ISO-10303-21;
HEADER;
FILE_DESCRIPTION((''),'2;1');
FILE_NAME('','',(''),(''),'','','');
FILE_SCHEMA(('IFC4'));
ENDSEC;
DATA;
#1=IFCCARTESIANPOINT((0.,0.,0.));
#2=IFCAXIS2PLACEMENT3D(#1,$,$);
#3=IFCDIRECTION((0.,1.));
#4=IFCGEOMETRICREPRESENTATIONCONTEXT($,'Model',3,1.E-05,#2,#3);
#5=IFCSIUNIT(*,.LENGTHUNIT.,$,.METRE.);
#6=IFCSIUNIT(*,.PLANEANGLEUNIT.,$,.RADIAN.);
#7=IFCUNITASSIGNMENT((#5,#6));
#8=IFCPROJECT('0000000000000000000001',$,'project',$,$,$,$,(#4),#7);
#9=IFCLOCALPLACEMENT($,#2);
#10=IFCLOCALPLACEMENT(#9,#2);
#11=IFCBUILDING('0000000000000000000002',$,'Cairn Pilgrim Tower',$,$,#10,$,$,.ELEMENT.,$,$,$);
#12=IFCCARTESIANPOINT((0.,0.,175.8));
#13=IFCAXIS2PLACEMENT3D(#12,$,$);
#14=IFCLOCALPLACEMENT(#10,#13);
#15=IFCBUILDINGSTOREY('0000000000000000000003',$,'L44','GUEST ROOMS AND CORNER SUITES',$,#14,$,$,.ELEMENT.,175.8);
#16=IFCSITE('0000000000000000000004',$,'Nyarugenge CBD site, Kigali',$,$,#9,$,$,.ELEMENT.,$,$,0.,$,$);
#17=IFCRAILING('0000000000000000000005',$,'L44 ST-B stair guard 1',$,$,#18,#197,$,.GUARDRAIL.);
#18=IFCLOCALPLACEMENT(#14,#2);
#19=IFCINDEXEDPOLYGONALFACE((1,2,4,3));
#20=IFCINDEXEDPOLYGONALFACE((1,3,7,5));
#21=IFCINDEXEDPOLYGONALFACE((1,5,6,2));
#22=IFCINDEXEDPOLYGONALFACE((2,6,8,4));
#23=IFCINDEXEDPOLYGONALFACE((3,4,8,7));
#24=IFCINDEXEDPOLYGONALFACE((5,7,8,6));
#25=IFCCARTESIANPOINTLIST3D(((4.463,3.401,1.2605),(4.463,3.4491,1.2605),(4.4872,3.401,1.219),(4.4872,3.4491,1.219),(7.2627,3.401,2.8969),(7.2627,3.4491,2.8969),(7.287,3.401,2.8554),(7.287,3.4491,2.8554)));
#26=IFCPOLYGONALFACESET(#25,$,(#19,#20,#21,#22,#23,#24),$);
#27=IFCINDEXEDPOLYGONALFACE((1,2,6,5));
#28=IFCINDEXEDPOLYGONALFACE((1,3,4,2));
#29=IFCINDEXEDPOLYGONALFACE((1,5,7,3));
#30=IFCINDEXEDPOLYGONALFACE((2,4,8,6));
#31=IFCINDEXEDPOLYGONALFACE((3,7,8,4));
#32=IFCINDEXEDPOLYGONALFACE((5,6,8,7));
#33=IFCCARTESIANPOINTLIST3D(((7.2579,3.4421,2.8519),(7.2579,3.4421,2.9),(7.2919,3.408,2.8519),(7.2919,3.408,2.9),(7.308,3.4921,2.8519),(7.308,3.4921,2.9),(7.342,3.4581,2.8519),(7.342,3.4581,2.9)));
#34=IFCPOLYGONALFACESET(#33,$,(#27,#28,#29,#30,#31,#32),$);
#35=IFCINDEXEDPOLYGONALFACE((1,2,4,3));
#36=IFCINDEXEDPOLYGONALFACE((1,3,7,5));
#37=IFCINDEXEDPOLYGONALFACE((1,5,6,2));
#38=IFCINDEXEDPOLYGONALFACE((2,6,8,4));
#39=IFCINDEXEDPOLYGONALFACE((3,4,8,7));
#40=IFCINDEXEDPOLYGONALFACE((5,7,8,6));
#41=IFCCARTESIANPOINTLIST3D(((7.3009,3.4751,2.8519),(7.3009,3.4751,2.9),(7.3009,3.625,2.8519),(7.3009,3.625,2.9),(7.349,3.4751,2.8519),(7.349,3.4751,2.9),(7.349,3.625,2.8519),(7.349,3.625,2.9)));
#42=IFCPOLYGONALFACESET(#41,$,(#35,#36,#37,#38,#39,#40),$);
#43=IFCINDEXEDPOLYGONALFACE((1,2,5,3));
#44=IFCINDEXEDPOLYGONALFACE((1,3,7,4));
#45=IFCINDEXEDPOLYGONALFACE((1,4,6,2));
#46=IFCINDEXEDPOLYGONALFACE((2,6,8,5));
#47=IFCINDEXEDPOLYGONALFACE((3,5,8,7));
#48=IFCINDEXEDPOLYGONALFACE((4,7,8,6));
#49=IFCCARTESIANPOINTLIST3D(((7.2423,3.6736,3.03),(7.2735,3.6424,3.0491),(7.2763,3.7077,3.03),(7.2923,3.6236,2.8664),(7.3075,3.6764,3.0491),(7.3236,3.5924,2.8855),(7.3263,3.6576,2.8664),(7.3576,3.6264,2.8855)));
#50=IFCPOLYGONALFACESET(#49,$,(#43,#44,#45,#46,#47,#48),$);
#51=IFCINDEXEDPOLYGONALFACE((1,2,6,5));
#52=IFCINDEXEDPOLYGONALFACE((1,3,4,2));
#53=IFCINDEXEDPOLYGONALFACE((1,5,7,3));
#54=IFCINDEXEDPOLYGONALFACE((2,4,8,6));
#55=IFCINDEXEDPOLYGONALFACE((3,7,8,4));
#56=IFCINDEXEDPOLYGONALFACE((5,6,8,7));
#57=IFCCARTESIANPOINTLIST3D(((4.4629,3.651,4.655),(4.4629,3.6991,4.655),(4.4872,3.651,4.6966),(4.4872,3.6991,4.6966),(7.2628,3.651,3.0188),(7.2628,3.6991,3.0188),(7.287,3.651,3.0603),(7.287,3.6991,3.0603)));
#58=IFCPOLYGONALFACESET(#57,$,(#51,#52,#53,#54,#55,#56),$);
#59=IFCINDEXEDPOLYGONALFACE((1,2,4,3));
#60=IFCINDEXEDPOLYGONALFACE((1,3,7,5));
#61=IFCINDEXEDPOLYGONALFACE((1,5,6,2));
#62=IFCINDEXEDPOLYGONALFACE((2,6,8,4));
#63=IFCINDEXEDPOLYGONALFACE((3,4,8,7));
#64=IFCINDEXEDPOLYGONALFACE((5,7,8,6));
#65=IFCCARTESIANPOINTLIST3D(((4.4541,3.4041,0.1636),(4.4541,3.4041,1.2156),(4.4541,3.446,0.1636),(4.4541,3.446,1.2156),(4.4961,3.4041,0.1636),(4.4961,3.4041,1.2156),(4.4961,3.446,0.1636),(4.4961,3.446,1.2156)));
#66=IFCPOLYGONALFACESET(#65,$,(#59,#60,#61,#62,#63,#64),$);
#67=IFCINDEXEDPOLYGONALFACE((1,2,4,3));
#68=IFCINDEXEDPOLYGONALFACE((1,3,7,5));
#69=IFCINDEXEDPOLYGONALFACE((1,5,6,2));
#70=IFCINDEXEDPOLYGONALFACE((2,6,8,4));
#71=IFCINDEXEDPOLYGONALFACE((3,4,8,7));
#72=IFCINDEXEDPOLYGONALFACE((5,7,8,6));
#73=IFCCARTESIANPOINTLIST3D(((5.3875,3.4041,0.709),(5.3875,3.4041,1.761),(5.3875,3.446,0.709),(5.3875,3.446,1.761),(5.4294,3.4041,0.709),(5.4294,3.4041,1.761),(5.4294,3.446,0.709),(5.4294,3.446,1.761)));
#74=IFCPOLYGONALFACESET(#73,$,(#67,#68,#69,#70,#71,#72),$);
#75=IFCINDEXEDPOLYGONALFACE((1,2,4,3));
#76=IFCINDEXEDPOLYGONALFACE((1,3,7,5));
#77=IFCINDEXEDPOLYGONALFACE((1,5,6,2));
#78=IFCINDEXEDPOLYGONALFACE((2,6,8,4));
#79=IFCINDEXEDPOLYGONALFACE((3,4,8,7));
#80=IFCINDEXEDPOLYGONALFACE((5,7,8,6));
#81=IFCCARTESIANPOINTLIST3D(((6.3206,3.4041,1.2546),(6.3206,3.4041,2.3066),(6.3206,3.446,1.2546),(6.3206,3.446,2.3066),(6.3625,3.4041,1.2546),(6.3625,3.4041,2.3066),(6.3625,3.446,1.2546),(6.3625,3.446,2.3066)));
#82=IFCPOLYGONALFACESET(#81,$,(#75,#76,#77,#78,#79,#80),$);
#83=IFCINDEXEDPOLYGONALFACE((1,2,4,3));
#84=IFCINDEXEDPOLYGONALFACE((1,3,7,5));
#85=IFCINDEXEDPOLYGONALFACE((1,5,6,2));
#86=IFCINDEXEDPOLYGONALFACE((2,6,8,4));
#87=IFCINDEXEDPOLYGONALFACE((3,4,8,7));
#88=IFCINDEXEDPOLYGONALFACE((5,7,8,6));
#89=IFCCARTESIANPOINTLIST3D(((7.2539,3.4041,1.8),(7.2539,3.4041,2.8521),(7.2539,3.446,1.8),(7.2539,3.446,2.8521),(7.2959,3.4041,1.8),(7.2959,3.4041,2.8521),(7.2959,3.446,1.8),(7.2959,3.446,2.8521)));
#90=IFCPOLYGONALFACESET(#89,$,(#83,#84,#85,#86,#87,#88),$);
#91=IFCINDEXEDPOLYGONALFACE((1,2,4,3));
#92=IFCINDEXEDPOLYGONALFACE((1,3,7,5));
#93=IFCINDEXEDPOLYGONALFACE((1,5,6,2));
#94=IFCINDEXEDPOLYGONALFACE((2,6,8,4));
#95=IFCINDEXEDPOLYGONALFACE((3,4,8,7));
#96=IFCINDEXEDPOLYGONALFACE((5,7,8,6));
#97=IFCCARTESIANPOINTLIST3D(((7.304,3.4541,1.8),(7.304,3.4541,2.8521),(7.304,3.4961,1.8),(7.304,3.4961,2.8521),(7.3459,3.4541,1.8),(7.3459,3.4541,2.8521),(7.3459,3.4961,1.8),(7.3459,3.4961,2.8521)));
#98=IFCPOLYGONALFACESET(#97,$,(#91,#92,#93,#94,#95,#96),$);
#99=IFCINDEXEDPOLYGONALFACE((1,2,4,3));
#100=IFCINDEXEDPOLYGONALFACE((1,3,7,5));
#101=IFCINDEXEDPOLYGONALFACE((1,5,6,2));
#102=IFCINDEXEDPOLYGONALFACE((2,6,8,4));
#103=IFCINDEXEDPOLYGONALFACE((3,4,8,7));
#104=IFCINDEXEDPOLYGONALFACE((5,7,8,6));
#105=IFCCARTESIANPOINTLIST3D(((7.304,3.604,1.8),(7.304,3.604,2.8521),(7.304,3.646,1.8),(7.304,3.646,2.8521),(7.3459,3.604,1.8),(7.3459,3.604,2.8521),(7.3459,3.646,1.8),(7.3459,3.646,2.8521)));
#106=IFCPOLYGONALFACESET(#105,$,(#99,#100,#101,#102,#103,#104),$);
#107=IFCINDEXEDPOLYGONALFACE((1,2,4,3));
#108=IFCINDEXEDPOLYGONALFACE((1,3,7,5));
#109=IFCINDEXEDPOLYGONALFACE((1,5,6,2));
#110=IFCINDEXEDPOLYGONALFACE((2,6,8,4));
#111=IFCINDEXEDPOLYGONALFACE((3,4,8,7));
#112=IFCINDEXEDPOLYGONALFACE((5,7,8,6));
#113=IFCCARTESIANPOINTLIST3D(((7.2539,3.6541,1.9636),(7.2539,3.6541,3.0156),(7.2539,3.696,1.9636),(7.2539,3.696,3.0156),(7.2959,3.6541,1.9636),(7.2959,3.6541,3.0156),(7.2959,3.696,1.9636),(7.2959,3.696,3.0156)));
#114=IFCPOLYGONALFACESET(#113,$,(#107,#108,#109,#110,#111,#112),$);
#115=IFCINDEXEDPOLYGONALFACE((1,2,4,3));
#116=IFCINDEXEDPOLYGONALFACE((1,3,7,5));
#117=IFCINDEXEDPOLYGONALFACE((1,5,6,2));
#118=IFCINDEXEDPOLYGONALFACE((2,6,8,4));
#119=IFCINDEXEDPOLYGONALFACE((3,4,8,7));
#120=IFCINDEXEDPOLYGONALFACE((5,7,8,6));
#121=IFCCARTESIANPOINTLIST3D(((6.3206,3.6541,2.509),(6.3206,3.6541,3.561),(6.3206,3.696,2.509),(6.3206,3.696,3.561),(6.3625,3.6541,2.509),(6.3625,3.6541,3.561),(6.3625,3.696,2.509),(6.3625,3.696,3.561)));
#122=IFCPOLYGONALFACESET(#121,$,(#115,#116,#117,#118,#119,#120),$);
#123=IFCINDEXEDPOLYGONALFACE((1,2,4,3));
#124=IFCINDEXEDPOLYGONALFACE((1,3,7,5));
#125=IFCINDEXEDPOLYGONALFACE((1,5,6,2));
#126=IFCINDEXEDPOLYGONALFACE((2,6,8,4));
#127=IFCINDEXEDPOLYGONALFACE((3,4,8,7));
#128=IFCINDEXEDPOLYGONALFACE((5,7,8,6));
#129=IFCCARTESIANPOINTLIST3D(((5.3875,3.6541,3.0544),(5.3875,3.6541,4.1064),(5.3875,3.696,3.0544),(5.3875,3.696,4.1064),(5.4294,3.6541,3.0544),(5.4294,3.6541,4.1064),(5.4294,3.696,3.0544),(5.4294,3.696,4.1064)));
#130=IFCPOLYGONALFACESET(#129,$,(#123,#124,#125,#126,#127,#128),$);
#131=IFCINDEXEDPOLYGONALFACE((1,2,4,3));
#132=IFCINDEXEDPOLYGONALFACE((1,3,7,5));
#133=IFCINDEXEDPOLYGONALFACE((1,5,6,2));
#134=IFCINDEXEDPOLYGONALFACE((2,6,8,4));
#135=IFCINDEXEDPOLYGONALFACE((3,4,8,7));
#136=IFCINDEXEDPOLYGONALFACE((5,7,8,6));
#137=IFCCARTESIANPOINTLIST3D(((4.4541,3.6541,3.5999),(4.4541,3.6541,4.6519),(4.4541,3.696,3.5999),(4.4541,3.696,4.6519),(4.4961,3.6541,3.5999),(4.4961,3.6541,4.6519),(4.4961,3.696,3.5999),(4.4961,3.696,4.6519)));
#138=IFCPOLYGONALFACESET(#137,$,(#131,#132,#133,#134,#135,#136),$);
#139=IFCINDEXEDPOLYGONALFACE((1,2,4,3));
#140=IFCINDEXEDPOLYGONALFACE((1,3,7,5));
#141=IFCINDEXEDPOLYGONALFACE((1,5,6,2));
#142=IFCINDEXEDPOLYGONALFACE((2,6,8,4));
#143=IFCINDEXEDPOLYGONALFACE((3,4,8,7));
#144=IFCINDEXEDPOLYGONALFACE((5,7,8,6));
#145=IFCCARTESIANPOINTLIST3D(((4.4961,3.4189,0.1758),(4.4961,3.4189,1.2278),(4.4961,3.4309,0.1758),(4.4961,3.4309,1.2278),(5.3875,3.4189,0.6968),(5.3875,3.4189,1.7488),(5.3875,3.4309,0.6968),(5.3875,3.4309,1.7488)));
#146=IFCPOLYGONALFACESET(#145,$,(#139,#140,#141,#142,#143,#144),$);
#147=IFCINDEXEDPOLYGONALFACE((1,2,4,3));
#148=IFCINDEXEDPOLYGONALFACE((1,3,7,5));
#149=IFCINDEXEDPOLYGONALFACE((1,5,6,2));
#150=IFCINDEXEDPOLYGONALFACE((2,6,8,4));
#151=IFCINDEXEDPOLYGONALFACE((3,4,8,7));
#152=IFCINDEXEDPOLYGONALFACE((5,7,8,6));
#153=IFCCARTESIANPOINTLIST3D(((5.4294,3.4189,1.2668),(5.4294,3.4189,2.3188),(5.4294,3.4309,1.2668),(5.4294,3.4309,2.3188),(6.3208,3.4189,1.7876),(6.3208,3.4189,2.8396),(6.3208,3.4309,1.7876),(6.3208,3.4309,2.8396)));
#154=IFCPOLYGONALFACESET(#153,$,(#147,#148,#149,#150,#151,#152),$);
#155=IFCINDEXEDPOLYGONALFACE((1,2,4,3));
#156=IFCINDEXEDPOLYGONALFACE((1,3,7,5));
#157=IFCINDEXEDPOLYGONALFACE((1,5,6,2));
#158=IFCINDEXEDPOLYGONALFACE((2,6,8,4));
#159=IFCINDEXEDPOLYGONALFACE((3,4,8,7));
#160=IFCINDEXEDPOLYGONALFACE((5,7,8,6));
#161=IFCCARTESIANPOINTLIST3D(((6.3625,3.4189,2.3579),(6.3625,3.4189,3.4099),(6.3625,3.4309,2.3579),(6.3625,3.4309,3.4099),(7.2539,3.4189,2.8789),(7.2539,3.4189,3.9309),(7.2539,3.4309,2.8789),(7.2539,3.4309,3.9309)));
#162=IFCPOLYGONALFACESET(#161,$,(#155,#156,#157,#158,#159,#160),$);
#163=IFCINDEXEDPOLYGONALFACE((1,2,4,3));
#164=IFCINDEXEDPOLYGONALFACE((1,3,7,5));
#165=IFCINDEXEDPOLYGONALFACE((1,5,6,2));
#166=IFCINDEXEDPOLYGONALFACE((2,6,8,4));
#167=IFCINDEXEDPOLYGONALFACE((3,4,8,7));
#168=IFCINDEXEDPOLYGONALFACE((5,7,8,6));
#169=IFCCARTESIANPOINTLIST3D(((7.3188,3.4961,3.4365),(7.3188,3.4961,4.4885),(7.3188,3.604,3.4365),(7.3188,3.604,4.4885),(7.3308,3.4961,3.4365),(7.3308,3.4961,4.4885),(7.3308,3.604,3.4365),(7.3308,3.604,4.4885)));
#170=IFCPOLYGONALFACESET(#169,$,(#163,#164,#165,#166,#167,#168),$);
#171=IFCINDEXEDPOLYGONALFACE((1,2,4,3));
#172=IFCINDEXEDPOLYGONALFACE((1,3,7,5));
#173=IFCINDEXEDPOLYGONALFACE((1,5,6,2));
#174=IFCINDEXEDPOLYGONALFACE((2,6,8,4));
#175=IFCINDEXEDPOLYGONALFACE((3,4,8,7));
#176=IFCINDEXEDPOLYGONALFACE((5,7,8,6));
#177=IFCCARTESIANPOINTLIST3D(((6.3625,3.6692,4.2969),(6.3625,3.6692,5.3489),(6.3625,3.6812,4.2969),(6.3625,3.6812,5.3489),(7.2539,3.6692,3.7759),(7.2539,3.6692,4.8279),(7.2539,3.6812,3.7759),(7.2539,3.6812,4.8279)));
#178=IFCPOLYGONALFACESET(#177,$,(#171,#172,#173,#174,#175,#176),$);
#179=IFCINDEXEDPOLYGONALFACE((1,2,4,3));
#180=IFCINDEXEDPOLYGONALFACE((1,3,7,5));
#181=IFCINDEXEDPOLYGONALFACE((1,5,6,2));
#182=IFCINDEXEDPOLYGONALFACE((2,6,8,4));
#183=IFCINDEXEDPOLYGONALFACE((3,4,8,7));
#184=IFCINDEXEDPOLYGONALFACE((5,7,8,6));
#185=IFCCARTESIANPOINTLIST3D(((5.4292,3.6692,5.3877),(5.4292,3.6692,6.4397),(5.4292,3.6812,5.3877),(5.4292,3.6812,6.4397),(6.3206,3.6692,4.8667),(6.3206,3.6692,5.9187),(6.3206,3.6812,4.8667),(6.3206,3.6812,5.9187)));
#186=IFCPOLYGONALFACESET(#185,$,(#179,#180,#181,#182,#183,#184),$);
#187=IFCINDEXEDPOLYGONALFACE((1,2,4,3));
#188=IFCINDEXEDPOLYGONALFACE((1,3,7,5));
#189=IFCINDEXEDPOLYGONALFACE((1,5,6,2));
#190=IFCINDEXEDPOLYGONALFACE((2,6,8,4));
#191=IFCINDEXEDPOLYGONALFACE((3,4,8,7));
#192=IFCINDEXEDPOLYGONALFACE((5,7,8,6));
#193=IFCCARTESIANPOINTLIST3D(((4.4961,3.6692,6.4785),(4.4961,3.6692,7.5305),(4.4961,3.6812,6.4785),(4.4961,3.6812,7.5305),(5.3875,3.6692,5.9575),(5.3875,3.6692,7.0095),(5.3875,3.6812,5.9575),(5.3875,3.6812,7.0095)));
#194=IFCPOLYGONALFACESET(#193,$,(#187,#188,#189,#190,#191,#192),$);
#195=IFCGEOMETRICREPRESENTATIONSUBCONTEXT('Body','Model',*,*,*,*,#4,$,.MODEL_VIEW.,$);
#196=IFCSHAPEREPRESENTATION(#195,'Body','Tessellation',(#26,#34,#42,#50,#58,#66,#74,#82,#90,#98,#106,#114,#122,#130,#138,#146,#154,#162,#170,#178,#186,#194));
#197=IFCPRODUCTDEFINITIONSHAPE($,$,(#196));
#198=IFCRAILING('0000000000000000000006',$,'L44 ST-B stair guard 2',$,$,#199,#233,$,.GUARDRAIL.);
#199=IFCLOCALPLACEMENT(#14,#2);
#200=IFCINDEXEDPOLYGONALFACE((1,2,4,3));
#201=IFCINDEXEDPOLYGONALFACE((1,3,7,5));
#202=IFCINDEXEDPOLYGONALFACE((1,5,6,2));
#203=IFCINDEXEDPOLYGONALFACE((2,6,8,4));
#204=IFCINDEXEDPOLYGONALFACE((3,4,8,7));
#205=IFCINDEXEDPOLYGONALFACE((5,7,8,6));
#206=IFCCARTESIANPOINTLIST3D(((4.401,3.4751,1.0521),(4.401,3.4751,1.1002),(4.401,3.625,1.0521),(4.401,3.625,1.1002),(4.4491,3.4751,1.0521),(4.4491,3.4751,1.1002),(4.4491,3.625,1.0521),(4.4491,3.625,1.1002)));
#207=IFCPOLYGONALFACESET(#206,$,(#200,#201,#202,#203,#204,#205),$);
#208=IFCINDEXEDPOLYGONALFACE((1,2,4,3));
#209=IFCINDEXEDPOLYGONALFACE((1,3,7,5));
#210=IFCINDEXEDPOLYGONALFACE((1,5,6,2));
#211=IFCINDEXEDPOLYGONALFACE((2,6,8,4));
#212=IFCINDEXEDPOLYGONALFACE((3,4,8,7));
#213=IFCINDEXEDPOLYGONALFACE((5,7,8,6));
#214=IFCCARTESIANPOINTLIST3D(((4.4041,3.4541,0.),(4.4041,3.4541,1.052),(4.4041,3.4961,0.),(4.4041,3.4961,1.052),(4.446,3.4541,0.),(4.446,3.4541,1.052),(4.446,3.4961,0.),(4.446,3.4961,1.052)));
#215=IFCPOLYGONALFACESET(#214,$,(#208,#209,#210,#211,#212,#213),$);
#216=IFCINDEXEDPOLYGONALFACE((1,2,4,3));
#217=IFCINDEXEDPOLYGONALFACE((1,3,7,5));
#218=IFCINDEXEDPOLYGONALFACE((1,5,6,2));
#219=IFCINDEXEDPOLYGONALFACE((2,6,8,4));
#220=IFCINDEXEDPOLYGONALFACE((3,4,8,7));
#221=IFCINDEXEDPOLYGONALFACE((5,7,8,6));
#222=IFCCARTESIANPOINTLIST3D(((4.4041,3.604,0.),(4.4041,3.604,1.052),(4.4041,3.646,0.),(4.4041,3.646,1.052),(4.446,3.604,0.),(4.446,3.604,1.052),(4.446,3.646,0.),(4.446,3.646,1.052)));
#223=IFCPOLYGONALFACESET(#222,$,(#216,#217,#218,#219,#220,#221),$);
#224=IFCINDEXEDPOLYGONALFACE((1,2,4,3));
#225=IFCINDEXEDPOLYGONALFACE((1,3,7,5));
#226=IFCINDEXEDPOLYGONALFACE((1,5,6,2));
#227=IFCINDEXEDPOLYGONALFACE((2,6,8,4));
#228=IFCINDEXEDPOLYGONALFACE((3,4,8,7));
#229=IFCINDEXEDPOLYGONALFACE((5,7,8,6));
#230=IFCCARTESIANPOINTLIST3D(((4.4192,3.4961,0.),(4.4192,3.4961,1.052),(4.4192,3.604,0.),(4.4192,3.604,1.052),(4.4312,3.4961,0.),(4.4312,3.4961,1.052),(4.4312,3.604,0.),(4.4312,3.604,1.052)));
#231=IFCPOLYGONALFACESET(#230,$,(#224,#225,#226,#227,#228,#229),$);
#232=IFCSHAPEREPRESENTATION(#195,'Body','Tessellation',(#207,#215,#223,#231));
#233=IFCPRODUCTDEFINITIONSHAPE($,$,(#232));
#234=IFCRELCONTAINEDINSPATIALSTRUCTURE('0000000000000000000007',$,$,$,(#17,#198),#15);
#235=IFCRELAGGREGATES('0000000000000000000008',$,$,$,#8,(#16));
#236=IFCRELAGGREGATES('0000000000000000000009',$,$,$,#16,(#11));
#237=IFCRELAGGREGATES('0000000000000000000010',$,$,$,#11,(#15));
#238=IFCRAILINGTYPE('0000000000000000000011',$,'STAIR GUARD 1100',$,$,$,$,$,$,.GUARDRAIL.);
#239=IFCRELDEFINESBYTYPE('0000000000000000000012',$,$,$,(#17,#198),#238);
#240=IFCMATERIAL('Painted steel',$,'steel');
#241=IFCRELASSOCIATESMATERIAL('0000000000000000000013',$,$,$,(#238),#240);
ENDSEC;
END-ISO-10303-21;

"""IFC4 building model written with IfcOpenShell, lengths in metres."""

from ifc_helpers import new_model, si_unit, direction, frame, origin, origin_2d, place, context, subcontext, project, spatial, polyline, rectangle, outline, extrude, material, type_object, element, save


model = new_model("IFC4")

# Units and contexts
model_context = context("Model", 3, precision=1e-05, world=origin(), true_north=direction((0.0, 1.0)))
body_context = subcontext(model_context, "Body", "Model", "MODEL_VIEW")
ifc_project = project(units=[si_unit("LENGTHUNIT", "METRE"), si_unit("PLANEANGLEUNIT", "RADIAN")], contexts=[model_context])

# Site, building, storey
site_placement = place(None, origin())
site = spatial("IfcSite", under=ifc_project, at=site_placement, Name="Nyarugenge CBD site, Kigali", CompositionType="ELEMENT", RefElevation=0.0)
building_placement = place(site_placement, origin())
building = spatial("IfcBuilding", under=site, at=building_placement, Name="Cairn Pilgrim Tower", CompositionType="ELEMENT")
storey_placement = place(building_placement, frame((0.0, 0.0, 175.8)))
storey = spatial("IfcBuildingStorey", under=building, at=storey_placement, Name="L44", Description="GUEST ROOMS AND CORNER SUITES", CompositionType="ELEMENT", Elevation=175.8)

# Shared definitions
ifc_material_1 = material(Name="Painted steel", Category="steel")

# Railings
railing_type = type_object("IfcRailingType", Name="STAIR GUARD 1100", PredefinedType="GUARDRAIL", material=ifc_material_1)
railing_1_placement = place(storey_placement, frame((4.4751, 3.425, 0.1636)))
element("IfcRailing", 1, at=railing_1_placement, inside=storey, type_object=railing_type, Name="L44 ST-B stair guard 1", PredefinedType="GUARDRAIL", context=body_context, shape_type="SweptSolid", body=[
    extrude(rectangle(XDim=0.0481, YDim=0.0481, at=origin_2d()), frame((0.0, 0.0, 1.0762), z_axis=(0.863342, 0.0, 0.50462), x_axis=(0.0, 1.0, 0.0)), (0.0, 0.0, 1.0), 3.2429),
    extrude(rectangle(XDim=0.0481, YDim=0.0481, at=origin_2d()), frame((2.7998, 0.0, 2.7124), z_axis=(0.707107, 0.707107, 0.0), x_axis=(-0.707107, 0.707107, 0.0)), (0.0, 0.0, 1.0), 0.0708),
    extrude(rectangle(XDim=0.0481, YDim=0.0481, at=origin_2d()), frame((2.8499, 0.05, 2.7124), z_axis=(0.0, 1.0, 0.0), x_axis=(-1.0, 0.0, 0.0)), (0.0, 0.0, 1.0), 0.1499),
    extrude(rectangle(XDim=0.0481, YDim=0.0481, at=origin_2d()), frame((2.8499, 0.2, 2.7124), z_axis=(-0.280809, 0.280809, 0.917765), x_axis=(-0.707107, -0.707107, 0.0)), (0.0, 0.0, 1.0), 0.1782),
    extrude(rectangle(XDim=0.0481, YDim=0.0481, at=origin_2d()), frame((2.7998, 0.25, 2.876), z_axis=(-0.863374, 0.0, 0.504564), x_axis=(0.0, -1.0, 0.0)), (0.0, 0.0, 1.0), 3.2429),
    extrude(rectangle(XDim=0.042, YDim=0.042, at=origin_2d()), origin(), (0.0, 0.0, 1.0), 1.052),
    extrude(rectangle(XDim=0.042, YDim=0.042, at=origin_2d()), frame((0.9333, 0.0, 0.5454)), (0.0, 0.0, 1.0), 1.052),
    extrude(rectangle(XDim=0.042, YDim=0.042, at=origin_2d()), frame((1.8665, 0.0, 1.0911)), (0.0, 0.0, 1.0), 1.052),
    extrude(rectangle(XDim=0.042, YDim=0.042, at=origin_2d()), frame((2.7998, 0.0, 1.6365)), (0.0, 0.0, 1.0), 1.052),
    extrude(rectangle(XDim=0.042, YDim=0.042, at=origin_2d()), frame((2.8499, 0.05, 1.6365)), (0.0, 0.0, 1.0), 1.052),
    extrude(rectangle(XDim=0.042, YDim=0.042, at=origin_2d()), frame((2.8499, 0.2, 1.6365)), (0.0, 0.0, 1.0), 1.052),
    extrude(rectangle(XDim=0.042, YDim=0.042, at=origin_2d()), frame((2.7998, 0.25, 1.8)), (0.0, 0.0, 1.0), 1.052),
    extrude(rectangle(XDim=0.042, YDim=0.042, at=origin_2d()), frame((1.8665, 0.25, 2.3455)), (0.0, 0.0, 1.0), 1.052),
    extrude(rectangle(XDim=0.042, YDim=0.042, at=origin_2d()), frame((0.9333, 0.25, 2.8909)), (0.0, 0.0, 1.0), 1.052),
    extrude(rectangle(XDim=0.042, YDim=0.042, at=origin_2d()), frame((0.0, 0.25, 3.4363)), (0.0, 0.0, 1.0), 1.052),
    extrude(outline(polyline([(0.021, 0.0122), (0.9124, 0.5332), (0.9124, 1.5852), (0.021, 1.0642), (0.021, 0.0122)])), frame((0.0, 0.0059, 0.0), z_axis=(0.0, -1.0, 0.0), x_axis=(1.0, 0.0, 0.0)), (0.0, 0.0, 1.0), 0.012),
    extrude(outline(polyline([(0.021, 0.5579), (0.9124, 1.0786), (0.9124, 2.1306), (0.021, 1.6099), (0.021, 0.5579)])), frame((0.9333, 0.0059, 0.5454), z_axis=(0.0, -1.0, 0.0), x_axis=(1.0, 0.0, 0.0)), (0.0, 0.0, 1.0), 0.012),
    extrude(outline(polyline([(0.021, 1.1033), (0.9124, 1.6243), (0.9124, 2.6763), (0.021, 2.1553), (0.021, 1.1033)])), frame((1.8665, 0.0059, 1.0911), z_axis=(0.0, -1.0, 0.0), x_axis=(1.0, 0.0, 0.0)), (0.0, 0.0, 1.0), 0.012),
    extrude(outline(polyline([(0.021, 1.6365), (0.1289, 1.6365), (0.1289, 2.6885), (0.021, 2.6885), (0.021, 1.6365)])), frame((2.8438, 0.05, 1.6365), z_axis=(1.0, 0.0, 0.0), x_axis=(0.0, 1.0, 0.0)), (0.0, 0.0, 1.0), 0.012),
    extrude(outline(polyline([(0.021, 1.8123), (0.9124, 2.3333), (0.9124, 3.3853), (0.021, 2.8643), (0.021, 1.8123)])), frame((2.7998, 0.2441, 1.8), z_axis=(0.0, 1.0, 0.0), x_axis=(-1.0, 0.0, 0.0)), (0.0, 0.0, 1.0), 0.012),
    extrude(outline(polyline([(0.021, 2.3577), (0.9124, 2.8787), (0.9124, 3.9307), (0.021, 3.4097), (0.021, 2.3577)])), frame((1.8665, 0.2441, 2.3455), z_axis=(0.0, 1.0, 0.0), x_axis=(-1.0, 0.0, 0.0)), (0.0, 0.0, 1.0), 0.012),
    extrude(outline(polyline([(0.021, 2.9031), (0.9124, 3.4241), (0.9124, 4.4761), (0.021, 3.9551), (0.021, 2.9031)])), frame((0.9333, 0.2441, 2.8909), z_axis=(0.0, 1.0, 0.0), x_axis=(-1.0, 0.0, 0.0)), (0.0, 0.0, 1.0), 0.012),
])
railing_2_placement = place(storey_placement, frame((4.425, 3.4751, 0.0)))
element("IfcRailing", 2, at=railing_2_placement, inside=storey, type_object=railing_type, Name="L44 ST-B stair guard 2", PredefinedType="GUARDRAIL", context=body_context, shape_type="SweptSolid", body=[
    extrude(rectangle(XDim=0.0481, YDim=0.0481, at=origin_2d()), frame((0.0, 0.0, 1.0762), z_axis=(0.0, 1.0, 0.0), x_axis=(-1.0, 0.0, 0.0)), (0.0, 0.0, 1.0), 0.1499),
    extrude(rectangle(XDim=0.042, YDim=0.042, at=origin_2d()), origin(), (0.0, 0.0, 1.0), 1.052),
    extrude(rectangle(XDim=0.042, YDim=0.042, at=origin_2d()), frame((0.0, 0.1499, 0.0)), (0.0, 0.0, 1.0), 1.052),
    extrude(outline(polyline([(0.021, 0.0), (0.1289, 0.0), (0.1289, 1.052), (0.021, 1.052), (0.021, 0.0)])), frame((-0.0059, 0.0, 0.0), z_axis=(1.0, 0.0, 0.0), x_axis=(0.0, 1.0, 0.0)), (0.0, 0.0, 1.0), 0.012),
])

save(model, "model.ifc")
